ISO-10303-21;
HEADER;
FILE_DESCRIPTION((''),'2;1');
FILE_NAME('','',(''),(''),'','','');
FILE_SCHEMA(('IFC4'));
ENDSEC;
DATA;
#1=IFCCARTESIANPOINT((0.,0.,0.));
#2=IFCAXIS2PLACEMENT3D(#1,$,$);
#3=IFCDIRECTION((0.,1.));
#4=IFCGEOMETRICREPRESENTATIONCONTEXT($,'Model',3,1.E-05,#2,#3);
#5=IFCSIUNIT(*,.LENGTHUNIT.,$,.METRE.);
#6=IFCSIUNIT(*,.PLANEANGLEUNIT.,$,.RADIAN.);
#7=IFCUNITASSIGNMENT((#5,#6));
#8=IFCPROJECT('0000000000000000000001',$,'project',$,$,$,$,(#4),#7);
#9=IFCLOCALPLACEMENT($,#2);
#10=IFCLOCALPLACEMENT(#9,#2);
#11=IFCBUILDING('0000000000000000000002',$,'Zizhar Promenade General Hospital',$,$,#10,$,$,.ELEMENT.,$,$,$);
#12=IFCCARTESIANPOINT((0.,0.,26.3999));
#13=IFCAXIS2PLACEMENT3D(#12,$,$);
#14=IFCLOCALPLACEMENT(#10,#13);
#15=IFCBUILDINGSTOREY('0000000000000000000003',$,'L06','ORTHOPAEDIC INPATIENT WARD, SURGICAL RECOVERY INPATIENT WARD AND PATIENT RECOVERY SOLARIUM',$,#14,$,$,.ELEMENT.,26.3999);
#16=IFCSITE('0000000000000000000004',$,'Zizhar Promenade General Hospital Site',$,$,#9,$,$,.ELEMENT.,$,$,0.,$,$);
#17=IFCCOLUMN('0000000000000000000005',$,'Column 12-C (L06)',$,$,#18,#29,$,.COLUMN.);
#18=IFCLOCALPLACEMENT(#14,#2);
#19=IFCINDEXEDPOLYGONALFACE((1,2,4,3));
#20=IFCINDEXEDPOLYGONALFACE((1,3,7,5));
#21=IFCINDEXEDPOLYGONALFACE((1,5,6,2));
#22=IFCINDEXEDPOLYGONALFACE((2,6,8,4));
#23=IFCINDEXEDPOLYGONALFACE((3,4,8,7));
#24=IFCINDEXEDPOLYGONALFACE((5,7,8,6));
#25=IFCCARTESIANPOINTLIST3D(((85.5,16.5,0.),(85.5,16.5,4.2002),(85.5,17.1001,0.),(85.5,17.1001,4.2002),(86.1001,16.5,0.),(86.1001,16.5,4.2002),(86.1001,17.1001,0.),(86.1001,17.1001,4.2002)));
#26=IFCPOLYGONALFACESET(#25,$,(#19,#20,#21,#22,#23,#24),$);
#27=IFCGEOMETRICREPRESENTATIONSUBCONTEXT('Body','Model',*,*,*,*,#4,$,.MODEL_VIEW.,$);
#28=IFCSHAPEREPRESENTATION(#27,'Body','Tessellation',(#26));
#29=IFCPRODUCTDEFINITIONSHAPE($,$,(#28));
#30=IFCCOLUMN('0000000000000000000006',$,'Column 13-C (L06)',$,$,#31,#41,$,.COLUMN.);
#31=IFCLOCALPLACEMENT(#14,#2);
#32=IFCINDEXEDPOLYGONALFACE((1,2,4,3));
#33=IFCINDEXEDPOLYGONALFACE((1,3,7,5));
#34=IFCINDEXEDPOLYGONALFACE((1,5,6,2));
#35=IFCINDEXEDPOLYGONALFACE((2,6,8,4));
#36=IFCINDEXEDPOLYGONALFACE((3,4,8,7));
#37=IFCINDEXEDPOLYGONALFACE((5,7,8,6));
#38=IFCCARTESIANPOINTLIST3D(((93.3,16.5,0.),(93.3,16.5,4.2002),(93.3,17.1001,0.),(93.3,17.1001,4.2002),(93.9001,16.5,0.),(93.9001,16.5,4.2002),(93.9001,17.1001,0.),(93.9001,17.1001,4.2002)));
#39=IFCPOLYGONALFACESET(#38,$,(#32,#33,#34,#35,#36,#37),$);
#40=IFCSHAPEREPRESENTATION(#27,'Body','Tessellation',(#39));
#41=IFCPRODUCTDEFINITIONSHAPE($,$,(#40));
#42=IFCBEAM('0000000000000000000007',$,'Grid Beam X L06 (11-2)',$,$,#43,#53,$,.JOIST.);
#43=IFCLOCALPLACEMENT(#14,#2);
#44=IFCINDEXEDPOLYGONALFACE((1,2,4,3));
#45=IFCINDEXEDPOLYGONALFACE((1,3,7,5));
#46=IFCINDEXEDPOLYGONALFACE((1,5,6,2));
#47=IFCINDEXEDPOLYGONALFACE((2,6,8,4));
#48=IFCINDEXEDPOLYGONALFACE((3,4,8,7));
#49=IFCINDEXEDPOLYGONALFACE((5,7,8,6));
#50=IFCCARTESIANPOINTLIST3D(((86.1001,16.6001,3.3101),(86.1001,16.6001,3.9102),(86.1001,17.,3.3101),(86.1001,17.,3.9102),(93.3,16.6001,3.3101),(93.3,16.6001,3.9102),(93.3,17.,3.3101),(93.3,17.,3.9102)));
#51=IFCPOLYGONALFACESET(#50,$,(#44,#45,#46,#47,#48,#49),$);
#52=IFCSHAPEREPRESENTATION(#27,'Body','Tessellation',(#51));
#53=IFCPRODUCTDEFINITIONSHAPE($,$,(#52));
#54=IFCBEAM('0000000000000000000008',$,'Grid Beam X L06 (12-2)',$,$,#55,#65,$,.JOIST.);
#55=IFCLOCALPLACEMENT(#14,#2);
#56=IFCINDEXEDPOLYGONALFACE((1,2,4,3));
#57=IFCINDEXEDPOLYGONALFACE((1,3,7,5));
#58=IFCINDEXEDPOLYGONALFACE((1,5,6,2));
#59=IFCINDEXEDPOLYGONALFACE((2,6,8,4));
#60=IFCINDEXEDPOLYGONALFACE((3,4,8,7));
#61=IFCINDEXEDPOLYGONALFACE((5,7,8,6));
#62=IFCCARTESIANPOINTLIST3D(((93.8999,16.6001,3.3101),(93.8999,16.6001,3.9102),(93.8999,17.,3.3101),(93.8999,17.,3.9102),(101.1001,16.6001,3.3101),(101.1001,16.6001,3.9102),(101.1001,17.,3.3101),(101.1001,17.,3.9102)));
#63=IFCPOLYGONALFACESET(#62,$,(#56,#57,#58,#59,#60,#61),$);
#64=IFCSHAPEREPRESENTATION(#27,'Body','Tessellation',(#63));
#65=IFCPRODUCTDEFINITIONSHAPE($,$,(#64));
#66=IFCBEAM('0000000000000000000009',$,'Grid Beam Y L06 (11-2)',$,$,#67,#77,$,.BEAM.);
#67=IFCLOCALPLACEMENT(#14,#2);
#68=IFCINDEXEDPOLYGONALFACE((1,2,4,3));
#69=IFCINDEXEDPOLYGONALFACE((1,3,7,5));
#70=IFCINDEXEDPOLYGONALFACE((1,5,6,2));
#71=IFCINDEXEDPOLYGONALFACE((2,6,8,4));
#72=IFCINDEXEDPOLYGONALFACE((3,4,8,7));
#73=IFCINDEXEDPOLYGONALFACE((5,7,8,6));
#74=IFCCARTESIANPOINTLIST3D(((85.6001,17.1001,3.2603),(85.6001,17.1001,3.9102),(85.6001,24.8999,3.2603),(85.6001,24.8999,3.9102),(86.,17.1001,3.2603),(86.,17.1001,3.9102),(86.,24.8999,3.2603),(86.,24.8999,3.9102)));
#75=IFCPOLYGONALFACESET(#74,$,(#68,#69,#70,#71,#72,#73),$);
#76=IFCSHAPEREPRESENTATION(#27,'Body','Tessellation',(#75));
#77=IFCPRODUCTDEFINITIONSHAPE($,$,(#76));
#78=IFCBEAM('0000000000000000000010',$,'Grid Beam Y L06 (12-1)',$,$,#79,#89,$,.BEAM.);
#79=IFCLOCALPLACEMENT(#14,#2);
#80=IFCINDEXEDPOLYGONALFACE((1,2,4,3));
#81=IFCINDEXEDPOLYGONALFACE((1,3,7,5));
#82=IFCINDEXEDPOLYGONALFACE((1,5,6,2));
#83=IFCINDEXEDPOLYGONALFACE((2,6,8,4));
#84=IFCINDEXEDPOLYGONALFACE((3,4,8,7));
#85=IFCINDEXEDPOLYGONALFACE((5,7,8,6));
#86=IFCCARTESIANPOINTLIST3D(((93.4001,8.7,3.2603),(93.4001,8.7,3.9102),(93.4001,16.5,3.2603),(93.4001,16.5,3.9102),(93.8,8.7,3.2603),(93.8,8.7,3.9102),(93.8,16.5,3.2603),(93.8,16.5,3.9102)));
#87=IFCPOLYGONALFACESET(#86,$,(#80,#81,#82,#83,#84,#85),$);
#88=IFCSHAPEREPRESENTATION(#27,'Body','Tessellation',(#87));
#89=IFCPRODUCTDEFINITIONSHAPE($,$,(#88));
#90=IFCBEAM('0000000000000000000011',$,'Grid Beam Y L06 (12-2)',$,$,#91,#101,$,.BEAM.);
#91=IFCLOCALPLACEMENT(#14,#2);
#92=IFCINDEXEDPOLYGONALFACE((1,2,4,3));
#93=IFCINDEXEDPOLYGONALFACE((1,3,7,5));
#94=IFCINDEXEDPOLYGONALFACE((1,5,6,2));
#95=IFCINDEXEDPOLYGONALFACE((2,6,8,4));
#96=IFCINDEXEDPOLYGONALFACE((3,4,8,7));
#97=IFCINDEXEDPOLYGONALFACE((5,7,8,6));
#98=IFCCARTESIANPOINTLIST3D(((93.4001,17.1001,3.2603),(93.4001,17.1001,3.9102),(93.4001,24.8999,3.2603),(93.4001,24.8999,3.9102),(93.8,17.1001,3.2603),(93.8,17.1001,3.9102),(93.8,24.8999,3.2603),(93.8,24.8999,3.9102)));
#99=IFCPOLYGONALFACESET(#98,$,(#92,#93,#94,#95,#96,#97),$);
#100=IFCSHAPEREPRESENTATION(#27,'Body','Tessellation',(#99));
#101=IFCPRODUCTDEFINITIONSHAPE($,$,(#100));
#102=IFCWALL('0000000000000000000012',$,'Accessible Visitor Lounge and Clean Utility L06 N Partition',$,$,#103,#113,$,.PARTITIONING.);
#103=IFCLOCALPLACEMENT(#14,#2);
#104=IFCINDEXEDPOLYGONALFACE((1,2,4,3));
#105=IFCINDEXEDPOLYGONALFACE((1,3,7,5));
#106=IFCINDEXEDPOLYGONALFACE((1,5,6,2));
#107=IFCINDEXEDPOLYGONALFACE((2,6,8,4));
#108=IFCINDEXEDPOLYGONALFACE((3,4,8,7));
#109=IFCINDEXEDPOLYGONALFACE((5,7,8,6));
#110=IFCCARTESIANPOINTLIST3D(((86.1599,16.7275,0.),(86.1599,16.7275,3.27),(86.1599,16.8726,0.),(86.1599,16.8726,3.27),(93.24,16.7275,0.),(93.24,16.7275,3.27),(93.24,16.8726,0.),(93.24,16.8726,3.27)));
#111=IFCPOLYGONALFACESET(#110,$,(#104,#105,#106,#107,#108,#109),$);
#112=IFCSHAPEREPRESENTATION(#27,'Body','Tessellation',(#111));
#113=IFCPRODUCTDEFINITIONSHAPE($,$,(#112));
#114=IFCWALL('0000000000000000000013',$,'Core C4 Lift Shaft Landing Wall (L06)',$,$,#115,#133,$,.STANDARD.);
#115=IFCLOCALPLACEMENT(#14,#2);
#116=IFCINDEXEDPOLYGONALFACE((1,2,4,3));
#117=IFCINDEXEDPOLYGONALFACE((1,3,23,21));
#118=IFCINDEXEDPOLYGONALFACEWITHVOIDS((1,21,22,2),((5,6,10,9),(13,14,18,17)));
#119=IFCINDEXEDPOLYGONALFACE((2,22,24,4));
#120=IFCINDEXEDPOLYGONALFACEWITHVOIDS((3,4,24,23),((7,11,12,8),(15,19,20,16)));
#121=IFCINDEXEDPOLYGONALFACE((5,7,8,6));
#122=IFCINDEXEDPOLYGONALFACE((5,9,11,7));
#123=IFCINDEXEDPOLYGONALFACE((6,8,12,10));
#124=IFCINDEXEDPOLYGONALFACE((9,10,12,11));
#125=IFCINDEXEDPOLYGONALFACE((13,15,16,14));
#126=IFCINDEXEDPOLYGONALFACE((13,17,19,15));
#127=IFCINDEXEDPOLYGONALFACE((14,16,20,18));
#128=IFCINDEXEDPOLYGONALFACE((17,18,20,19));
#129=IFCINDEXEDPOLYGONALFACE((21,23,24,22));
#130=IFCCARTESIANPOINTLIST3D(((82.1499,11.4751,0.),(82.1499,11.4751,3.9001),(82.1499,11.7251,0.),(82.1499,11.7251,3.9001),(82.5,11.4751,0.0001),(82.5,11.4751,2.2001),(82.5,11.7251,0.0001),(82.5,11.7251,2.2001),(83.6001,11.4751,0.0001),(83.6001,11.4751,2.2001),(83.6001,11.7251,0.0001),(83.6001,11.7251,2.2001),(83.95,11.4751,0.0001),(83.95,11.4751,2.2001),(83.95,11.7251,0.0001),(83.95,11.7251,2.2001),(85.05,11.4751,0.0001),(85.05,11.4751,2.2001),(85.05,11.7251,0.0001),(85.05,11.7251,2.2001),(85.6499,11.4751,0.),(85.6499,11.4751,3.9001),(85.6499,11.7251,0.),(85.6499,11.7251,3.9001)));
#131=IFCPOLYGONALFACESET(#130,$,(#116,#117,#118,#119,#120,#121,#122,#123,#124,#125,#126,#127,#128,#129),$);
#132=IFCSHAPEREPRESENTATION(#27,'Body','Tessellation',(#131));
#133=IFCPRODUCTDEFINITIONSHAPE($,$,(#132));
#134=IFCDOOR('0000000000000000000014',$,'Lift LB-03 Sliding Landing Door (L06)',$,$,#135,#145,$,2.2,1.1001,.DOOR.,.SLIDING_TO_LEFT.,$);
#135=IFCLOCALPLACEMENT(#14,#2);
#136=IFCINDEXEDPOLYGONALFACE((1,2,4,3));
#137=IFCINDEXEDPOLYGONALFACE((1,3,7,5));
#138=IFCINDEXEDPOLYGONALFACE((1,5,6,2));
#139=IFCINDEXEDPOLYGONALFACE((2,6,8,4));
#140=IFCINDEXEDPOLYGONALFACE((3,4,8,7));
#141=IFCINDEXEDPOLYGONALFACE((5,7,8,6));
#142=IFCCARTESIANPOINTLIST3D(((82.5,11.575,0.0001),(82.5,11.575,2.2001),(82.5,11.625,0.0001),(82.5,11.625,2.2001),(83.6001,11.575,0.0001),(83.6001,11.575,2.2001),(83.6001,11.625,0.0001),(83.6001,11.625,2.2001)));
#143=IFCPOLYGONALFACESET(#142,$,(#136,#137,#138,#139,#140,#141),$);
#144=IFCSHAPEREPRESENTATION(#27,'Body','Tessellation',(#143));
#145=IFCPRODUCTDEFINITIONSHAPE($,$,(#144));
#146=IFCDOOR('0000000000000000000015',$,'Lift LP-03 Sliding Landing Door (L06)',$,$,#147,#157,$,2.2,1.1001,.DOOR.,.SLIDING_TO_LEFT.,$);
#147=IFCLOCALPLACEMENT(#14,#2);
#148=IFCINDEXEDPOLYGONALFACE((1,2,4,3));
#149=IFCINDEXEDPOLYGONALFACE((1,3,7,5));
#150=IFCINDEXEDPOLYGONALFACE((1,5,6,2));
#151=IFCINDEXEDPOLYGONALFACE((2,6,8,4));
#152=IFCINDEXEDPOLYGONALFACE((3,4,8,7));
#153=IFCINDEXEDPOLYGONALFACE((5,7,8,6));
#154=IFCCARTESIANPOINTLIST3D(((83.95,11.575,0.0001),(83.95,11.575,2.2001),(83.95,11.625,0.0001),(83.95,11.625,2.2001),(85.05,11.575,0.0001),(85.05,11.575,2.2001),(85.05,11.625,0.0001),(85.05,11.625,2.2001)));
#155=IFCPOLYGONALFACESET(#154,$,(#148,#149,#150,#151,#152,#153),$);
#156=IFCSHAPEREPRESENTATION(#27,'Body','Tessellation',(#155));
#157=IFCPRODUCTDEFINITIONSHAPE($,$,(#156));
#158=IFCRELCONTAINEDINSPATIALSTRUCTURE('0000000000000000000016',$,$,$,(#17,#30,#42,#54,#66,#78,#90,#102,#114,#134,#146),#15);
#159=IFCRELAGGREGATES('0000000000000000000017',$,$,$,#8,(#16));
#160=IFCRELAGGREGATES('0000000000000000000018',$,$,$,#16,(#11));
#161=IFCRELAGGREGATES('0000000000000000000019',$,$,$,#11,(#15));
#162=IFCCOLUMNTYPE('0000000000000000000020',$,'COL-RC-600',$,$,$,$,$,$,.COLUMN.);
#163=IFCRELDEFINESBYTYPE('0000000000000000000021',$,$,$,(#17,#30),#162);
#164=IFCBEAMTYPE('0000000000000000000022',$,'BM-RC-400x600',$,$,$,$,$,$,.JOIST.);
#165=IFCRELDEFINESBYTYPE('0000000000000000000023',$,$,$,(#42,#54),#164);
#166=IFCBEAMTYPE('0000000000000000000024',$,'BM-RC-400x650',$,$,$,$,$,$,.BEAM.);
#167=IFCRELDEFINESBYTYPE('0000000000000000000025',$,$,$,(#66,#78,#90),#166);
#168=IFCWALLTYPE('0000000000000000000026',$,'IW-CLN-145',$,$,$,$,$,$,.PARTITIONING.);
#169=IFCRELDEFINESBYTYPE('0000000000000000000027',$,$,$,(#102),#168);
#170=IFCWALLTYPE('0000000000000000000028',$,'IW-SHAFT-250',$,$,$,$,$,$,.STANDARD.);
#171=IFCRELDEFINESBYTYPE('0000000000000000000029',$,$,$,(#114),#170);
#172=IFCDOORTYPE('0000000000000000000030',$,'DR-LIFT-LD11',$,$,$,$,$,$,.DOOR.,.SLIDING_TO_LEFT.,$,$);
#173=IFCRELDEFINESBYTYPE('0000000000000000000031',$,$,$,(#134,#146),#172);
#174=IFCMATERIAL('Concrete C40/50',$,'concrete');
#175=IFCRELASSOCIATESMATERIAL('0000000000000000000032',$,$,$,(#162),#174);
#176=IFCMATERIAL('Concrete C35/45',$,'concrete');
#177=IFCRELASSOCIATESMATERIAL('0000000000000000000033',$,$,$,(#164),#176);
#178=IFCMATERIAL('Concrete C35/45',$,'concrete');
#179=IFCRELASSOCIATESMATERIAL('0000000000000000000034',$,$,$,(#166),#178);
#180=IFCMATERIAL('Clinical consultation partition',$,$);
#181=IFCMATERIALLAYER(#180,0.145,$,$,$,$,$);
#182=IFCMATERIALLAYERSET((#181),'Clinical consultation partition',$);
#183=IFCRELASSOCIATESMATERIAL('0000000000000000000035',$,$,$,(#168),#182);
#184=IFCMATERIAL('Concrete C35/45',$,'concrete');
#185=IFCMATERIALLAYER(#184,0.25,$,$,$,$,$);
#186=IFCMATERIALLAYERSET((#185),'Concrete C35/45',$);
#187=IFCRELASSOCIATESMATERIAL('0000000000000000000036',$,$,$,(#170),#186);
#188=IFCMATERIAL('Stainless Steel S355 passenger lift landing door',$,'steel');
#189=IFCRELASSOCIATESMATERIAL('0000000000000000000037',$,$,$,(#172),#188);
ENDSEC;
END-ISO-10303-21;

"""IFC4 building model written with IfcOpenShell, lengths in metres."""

from ifc_helpers import new_model, si_unit, direction, frame, frame_2d, origin, origin_2d, place, context, subcontext, project, spatial, rectangle, extrude, material, layer, layer_set, material_profile, profile_set, type_object, element, fill, save


model = new_model("IFC4")

# Units and contexts
model_context = context("Model", 3, precision=1e-05, world=origin(), true_north=direction((0.0, 1.0)))
body_context = subcontext(model_context, "Body", "Model", "MODEL_VIEW")
ifc_project = project(units=[si_unit("LENGTHUNIT", "METRE"), si_unit("PLANEANGLEUNIT", "RADIAN")], contexts=[model_context])

# Site, building, storey
site_placement = place(None, origin())
site = spatial("IfcSite", under=ifc_project, at=site_placement, Name="Zizhar Promenade General Hospital Site", CompositionType="ELEMENT", RefElevation=0.0)
building_placement = place(site_placement, origin())
building = spatial("IfcBuilding", under=site, at=building_placement, Name="Zizhar Promenade General Hospital", CompositionType="ELEMENT")
storey_placement = place(building_placement, frame((0.0, 0.0, 26.3999)))
storey = spatial("IfcBuildingStorey", under=building, at=storey_placement, Name="L06", Description="ORTHOPAEDIC INPATIENT WARD, SURGICAL RECOVERY INPATIENT WARD AND PATIENT RECOVERY SOLARIUM", CompositionType="ELEMENT", Elevation=26.3999)

# Columns
ifc_material_1 = material(Name="Concrete C40/50", Category="concrete")
ifc_material_profile_1 = material_profile(ifc_material_1, rectangle(XDim=0.6001, YDim=0.6001, at=origin_2d()))
ifc_profile_set_1 = profile_set([ifc_material_profile_1], Name="Concrete C40/50")
column_type = type_object("IfcColumnType", Name="COL-RC-600", PredefinedType="COLUMN", material=ifc_profile_set_1)
for number, where, z_axis, x_axis, name in (
    (1, (85.8, 16.8, 0.0), (0.0, 0.0, 1.0), (1.0, 0.0, 0.0), "Column 12-C (L06)"),
    (2, (93.6001, 16.8, 0.0), (0.0, 0.0, 1.0), (1.0, 0.0, 0.0), "Column 13-C (L06)"),
):
    element("IfcColumn", number, at=place(storey_placement, frame(where, z_axis=z_axis, x_axis=x_axis)), inside=storey, type_object=column_type, Name=name, PredefinedType="COLUMN", context=body_context, shape_type="SweptSolid", body=[
        extrude(rectangle(XDim=0.6001, YDim=0.6001, at=origin_2d()), origin(), (0.0, 0.0, 1.0), 4.2002),
    ])

# Beams
ifc_material_2 = material(Name="Concrete C35/45", Category="concrete")
ifc_material_profile_2 = material_profile(ifc_material_2, rectangle(XDim=0.3999, YDim=0.6001, at=origin_2d()))
ifc_profile_set_2 = profile_set([ifc_material_profile_2], Name="Concrete C35/45")
beam_type_1 = type_object("IfcBeamType", Name="BM-RC-400x600", PredefinedType="JOIST", material=ifc_profile_set_2)
beam_1_placement = place(storey_placement, frame((86.1001, 16.8, 3.6101), z_axis=(1.0, 0.0, 0.0), x_axis=(0.0, 1.0, 0.0)))
element("IfcBeam", 3, at=beam_1_placement, inside=storey, type_object=beam_type_1, Name="Grid Beam X L06 (11-2)", PredefinedType="JOIST", context=body_context, shape_type="SweptSolid", body=[
    extrude(rectangle(XDim=0.3999, YDim=0.6001, at=origin_2d()), origin(), (0.0, 0.0, 1.0), 7.2),
])
beam_2_placement = place(storey_placement, frame((93.8999, 16.8, 3.6101), z_axis=(1.0, 0.0, 0.0), x_axis=(0.0, 1.0, 0.0)))
element("IfcBeam", 4, at=beam_2_placement, inside=storey, type_object=beam_type_1, Name="Grid Beam X L06 (12-2)", PredefinedType="JOIST", context=body_context, shape_type="SweptSolid", body=[
    extrude(rectangle(XDim=0.3999, YDim=0.6001, at=origin_2d()), origin(), (0.0, 0.0, 1.0), 7.2002),
])
ifc_material_3 = material(Name="Concrete C35/45", Category="concrete")
ifc_material_profile_3 = material_profile(ifc_material_3, rectangle(XDim=0.3999, YDim=0.6499, at=origin_2d()))
ifc_profile_set_3 = profile_set([ifc_material_profile_3], Name="Concrete C35/45")
beam_type_2 = type_object("IfcBeamType", Name="BM-RC-400x650", PredefinedType="BEAM", material=ifc_profile_set_3)
beam_3_placement = place(storey_placement, frame((85.8, 17.1001, 3.5852), z_axis=(0.0, 1.0, 0.0), x_axis=(-1.0, 0.0, 0.0)))
element("IfcBeam", 5, at=beam_3_placement, inside=storey, type_object=beam_type_2, Name="Grid Beam Y L06 (11-2)", PredefinedType="BEAM", context=body_context, shape_type="SweptSolid", body=[
    extrude(rectangle(XDim=0.3999, YDim=0.6499, at=origin_2d()), origin(), (0.0, 0.0, 1.0), 7.7998),
])
beam_4_placement = place(storey_placement, frame((93.6001, 8.7, 3.5852), z_axis=(0.0, 1.0, 0.0), x_axis=(-1.0, 0.0, 0.0)))
element("IfcBeam", 6, at=beam_4_placement, inside=storey, type_object=beam_type_2, Name="Grid Beam Y L06 (12-1)", PredefinedType="BEAM", context=body_context, shape_type="SweptSolid", body=[
    extrude(rectangle(XDim=0.3999, YDim=0.6499, at=origin_2d()), origin(), (0.0, 0.0, 1.0), 7.8),
])
beam_5_placement = place(storey_placement, frame((93.6001, 17.1001, 3.5852), z_axis=(0.0, 1.0, 0.0), x_axis=(-1.0, 0.0, 0.0)))
element("IfcBeam", 7, at=beam_5_placement, inside=storey, type_object=beam_type_2, Name="Grid Beam Y L06 (12-2)", PredefinedType="BEAM", context=body_context, shape_type="SweptSolid", body=[
    extrude(rectangle(XDim=0.3999, YDim=0.6499, at=origin_2d()), origin(), (0.0, 0.0, 1.0), 7.7998),
])

# Wall
ifc_material_4 = material(Name="Clinical consultation partition")
ifc_layer_1 = layer(ifc_material_4, 0.145)
ifc_layer_set_1 = layer_set([ifc_layer_1], Name="Clinical consultation partition")
wall_type_1 = type_object("IfcWallType", Name="IW-CLN-145", PredefinedType="PARTITIONING", material=ifc_layer_set_1)
wall_1_placement = place(storey_placement, frame((86.1599, 16.8, 0.0), z_axis=(0.0, 0.0, 1.0), x_axis=(1.0, 0.0, 0.0)))
element("IfcWall", 8, at=wall_1_placement, inside=storey, type_object=wall_type_1, Name="Accessible Visitor Lounge and Clean Utility L06 N Partition", PredefinedType="PARTITIONING", context=body_context, shape_type="SweptSolid", body=[
    extrude(rectangle(XDim=7.0801, YDim=0.145, at=frame_2d((3.54, 0.0))), origin(), (0.0, 0.0, 1.0), 3.27),
])

# Wall, openings, doors
ifc_material_5 = material(Name="Concrete C35/45", Category="concrete")
ifc_layer_2 = layer(ifc_material_5, 0.25)
ifc_layer_set_2 = layer_set([ifc_layer_2], Name="Concrete C35/45")
wall_type_2 = type_object("IfcWallType", Name="IW-SHAFT-250", PredefinedType="STANDARD", material=ifc_layer_set_2)
wall_2_placement = place(storey_placement, frame((82.1499, 11.6001, 0.0), z_axis=(0.0, 0.0, 1.0), x_axis=(1.0, 0.0, 0.0)))
wall_2 = element("IfcWall", 9, at=wall_2_placement, inside=storey, type_object=wall_type_2, Name="Core C4 Lift Shaft Landing Wall (L06)", PredefinedType="STANDARD", context=body_context, shape_type="SweptSolid", body=[
    extrude(rectangle(XDim=3.5, YDim=0.25, at=frame_2d((1.75, 0.0))), origin(), (0.0, 0.0, 1.0), 3.9001),
])
opening_1_placement = place(wall_2_placement, frame((0.3501, 0.0, 0.0)))
opening_1 = element("IfcOpeningElement", 10, at=opening_1_placement, cuts=wall_2, PredefinedType="OPENING", context=body_context, shape_type="SweptSolid", body=[
    extrude(rectangle(XDim=1.1001, YDim=2.2, at=frame_2d((0.55, 1.1001))), frame((0.0, 0.135, 0.0), z_axis=(0.0, -1.0, 0.0), x_axis=(1.0, 0.0, 0.0)), (0.0, 0.0, 1.0), 0.27),
])
opening_2_placement = place(wall_2_placement, frame((1.8, 0.0, 0.0)))
opening_2 = element("IfcOpeningElement", 11, at=opening_2_placement, cuts=wall_2, PredefinedType="OPENING", context=body_context, shape_type="SweptSolid", body=[
    extrude(rectangle(XDim=1.1001, YDim=2.2, at=frame_2d((0.55, 1.1001))), frame((0.0, 0.135, 0.0), z_axis=(0.0, -1.0, 0.0), x_axis=(1.0, 0.0, 0.0)), (0.0, 0.0, 1.0), 0.27),
])
ifc_material_6 = material(Name="Stainless Steel S355 passenger lift landing door", Category="steel")
door_type_1 = type_object("IfcDoorType", Name="DR-LIFT-LD11", OperationType="SLIDING_TO_LEFT", PredefinedType="DOOR", material=ifc_material_6)
door_1_placement = place(opening_1_placement, origin())
door_1 = element("IfcDoor", 12, at=door_1_placement, inside=storey, type_object=door_type_1, Name="Lift LB-03 Sliding Landing Door (L06)", OperationType="SLIDING_TO_LEFT", OverallHeight=2.2, OverallWidth=1.1001, PredefinedType="DOOR", context=body_context, shape_type="SweptSolid", body=[
    extrude(rectangle(XDim=1.1001, YDim=2.2, at=frame_2d((0.55, 1.1001))), frame((0.0, 0.0249, 0.0), z_axis=(0.0, -1.0, 0.0), x_axis=(1.0, 0.0, 0.0)), (0.0, 0.0, 1.0), 0.05),
])
fill(opening_1, door_1)
door_2_placement = place(opening_2_placement, origin())
door_2 = element("IfcDoor", 13, at=door_2_placement, inside=storey, type_object=door_type_1, Name="Lift LP-03 Sliding Landing Door (L06)", OperationType="SLIDING_TO_LEFT", OverallHeight=2.2, OverallWidth=1.1001, PredefinedType="DOOR", context=body_context, shape_type="SweptSolid", body=[
    extrude(rectangle(XDim=1.1001, YDim=2.2, at=frame_2d((0.55, 1.1001))), frame((0.0, 0.0249, 0.0), z_axis=(0.0, -1.0, 0.0), x_axis=(1.0, 0.0, 0.0)), (0.0, 0.0, 1.0), 0.05),
])
fill(opening_2, door_2)

save(model, "model.ifc")
